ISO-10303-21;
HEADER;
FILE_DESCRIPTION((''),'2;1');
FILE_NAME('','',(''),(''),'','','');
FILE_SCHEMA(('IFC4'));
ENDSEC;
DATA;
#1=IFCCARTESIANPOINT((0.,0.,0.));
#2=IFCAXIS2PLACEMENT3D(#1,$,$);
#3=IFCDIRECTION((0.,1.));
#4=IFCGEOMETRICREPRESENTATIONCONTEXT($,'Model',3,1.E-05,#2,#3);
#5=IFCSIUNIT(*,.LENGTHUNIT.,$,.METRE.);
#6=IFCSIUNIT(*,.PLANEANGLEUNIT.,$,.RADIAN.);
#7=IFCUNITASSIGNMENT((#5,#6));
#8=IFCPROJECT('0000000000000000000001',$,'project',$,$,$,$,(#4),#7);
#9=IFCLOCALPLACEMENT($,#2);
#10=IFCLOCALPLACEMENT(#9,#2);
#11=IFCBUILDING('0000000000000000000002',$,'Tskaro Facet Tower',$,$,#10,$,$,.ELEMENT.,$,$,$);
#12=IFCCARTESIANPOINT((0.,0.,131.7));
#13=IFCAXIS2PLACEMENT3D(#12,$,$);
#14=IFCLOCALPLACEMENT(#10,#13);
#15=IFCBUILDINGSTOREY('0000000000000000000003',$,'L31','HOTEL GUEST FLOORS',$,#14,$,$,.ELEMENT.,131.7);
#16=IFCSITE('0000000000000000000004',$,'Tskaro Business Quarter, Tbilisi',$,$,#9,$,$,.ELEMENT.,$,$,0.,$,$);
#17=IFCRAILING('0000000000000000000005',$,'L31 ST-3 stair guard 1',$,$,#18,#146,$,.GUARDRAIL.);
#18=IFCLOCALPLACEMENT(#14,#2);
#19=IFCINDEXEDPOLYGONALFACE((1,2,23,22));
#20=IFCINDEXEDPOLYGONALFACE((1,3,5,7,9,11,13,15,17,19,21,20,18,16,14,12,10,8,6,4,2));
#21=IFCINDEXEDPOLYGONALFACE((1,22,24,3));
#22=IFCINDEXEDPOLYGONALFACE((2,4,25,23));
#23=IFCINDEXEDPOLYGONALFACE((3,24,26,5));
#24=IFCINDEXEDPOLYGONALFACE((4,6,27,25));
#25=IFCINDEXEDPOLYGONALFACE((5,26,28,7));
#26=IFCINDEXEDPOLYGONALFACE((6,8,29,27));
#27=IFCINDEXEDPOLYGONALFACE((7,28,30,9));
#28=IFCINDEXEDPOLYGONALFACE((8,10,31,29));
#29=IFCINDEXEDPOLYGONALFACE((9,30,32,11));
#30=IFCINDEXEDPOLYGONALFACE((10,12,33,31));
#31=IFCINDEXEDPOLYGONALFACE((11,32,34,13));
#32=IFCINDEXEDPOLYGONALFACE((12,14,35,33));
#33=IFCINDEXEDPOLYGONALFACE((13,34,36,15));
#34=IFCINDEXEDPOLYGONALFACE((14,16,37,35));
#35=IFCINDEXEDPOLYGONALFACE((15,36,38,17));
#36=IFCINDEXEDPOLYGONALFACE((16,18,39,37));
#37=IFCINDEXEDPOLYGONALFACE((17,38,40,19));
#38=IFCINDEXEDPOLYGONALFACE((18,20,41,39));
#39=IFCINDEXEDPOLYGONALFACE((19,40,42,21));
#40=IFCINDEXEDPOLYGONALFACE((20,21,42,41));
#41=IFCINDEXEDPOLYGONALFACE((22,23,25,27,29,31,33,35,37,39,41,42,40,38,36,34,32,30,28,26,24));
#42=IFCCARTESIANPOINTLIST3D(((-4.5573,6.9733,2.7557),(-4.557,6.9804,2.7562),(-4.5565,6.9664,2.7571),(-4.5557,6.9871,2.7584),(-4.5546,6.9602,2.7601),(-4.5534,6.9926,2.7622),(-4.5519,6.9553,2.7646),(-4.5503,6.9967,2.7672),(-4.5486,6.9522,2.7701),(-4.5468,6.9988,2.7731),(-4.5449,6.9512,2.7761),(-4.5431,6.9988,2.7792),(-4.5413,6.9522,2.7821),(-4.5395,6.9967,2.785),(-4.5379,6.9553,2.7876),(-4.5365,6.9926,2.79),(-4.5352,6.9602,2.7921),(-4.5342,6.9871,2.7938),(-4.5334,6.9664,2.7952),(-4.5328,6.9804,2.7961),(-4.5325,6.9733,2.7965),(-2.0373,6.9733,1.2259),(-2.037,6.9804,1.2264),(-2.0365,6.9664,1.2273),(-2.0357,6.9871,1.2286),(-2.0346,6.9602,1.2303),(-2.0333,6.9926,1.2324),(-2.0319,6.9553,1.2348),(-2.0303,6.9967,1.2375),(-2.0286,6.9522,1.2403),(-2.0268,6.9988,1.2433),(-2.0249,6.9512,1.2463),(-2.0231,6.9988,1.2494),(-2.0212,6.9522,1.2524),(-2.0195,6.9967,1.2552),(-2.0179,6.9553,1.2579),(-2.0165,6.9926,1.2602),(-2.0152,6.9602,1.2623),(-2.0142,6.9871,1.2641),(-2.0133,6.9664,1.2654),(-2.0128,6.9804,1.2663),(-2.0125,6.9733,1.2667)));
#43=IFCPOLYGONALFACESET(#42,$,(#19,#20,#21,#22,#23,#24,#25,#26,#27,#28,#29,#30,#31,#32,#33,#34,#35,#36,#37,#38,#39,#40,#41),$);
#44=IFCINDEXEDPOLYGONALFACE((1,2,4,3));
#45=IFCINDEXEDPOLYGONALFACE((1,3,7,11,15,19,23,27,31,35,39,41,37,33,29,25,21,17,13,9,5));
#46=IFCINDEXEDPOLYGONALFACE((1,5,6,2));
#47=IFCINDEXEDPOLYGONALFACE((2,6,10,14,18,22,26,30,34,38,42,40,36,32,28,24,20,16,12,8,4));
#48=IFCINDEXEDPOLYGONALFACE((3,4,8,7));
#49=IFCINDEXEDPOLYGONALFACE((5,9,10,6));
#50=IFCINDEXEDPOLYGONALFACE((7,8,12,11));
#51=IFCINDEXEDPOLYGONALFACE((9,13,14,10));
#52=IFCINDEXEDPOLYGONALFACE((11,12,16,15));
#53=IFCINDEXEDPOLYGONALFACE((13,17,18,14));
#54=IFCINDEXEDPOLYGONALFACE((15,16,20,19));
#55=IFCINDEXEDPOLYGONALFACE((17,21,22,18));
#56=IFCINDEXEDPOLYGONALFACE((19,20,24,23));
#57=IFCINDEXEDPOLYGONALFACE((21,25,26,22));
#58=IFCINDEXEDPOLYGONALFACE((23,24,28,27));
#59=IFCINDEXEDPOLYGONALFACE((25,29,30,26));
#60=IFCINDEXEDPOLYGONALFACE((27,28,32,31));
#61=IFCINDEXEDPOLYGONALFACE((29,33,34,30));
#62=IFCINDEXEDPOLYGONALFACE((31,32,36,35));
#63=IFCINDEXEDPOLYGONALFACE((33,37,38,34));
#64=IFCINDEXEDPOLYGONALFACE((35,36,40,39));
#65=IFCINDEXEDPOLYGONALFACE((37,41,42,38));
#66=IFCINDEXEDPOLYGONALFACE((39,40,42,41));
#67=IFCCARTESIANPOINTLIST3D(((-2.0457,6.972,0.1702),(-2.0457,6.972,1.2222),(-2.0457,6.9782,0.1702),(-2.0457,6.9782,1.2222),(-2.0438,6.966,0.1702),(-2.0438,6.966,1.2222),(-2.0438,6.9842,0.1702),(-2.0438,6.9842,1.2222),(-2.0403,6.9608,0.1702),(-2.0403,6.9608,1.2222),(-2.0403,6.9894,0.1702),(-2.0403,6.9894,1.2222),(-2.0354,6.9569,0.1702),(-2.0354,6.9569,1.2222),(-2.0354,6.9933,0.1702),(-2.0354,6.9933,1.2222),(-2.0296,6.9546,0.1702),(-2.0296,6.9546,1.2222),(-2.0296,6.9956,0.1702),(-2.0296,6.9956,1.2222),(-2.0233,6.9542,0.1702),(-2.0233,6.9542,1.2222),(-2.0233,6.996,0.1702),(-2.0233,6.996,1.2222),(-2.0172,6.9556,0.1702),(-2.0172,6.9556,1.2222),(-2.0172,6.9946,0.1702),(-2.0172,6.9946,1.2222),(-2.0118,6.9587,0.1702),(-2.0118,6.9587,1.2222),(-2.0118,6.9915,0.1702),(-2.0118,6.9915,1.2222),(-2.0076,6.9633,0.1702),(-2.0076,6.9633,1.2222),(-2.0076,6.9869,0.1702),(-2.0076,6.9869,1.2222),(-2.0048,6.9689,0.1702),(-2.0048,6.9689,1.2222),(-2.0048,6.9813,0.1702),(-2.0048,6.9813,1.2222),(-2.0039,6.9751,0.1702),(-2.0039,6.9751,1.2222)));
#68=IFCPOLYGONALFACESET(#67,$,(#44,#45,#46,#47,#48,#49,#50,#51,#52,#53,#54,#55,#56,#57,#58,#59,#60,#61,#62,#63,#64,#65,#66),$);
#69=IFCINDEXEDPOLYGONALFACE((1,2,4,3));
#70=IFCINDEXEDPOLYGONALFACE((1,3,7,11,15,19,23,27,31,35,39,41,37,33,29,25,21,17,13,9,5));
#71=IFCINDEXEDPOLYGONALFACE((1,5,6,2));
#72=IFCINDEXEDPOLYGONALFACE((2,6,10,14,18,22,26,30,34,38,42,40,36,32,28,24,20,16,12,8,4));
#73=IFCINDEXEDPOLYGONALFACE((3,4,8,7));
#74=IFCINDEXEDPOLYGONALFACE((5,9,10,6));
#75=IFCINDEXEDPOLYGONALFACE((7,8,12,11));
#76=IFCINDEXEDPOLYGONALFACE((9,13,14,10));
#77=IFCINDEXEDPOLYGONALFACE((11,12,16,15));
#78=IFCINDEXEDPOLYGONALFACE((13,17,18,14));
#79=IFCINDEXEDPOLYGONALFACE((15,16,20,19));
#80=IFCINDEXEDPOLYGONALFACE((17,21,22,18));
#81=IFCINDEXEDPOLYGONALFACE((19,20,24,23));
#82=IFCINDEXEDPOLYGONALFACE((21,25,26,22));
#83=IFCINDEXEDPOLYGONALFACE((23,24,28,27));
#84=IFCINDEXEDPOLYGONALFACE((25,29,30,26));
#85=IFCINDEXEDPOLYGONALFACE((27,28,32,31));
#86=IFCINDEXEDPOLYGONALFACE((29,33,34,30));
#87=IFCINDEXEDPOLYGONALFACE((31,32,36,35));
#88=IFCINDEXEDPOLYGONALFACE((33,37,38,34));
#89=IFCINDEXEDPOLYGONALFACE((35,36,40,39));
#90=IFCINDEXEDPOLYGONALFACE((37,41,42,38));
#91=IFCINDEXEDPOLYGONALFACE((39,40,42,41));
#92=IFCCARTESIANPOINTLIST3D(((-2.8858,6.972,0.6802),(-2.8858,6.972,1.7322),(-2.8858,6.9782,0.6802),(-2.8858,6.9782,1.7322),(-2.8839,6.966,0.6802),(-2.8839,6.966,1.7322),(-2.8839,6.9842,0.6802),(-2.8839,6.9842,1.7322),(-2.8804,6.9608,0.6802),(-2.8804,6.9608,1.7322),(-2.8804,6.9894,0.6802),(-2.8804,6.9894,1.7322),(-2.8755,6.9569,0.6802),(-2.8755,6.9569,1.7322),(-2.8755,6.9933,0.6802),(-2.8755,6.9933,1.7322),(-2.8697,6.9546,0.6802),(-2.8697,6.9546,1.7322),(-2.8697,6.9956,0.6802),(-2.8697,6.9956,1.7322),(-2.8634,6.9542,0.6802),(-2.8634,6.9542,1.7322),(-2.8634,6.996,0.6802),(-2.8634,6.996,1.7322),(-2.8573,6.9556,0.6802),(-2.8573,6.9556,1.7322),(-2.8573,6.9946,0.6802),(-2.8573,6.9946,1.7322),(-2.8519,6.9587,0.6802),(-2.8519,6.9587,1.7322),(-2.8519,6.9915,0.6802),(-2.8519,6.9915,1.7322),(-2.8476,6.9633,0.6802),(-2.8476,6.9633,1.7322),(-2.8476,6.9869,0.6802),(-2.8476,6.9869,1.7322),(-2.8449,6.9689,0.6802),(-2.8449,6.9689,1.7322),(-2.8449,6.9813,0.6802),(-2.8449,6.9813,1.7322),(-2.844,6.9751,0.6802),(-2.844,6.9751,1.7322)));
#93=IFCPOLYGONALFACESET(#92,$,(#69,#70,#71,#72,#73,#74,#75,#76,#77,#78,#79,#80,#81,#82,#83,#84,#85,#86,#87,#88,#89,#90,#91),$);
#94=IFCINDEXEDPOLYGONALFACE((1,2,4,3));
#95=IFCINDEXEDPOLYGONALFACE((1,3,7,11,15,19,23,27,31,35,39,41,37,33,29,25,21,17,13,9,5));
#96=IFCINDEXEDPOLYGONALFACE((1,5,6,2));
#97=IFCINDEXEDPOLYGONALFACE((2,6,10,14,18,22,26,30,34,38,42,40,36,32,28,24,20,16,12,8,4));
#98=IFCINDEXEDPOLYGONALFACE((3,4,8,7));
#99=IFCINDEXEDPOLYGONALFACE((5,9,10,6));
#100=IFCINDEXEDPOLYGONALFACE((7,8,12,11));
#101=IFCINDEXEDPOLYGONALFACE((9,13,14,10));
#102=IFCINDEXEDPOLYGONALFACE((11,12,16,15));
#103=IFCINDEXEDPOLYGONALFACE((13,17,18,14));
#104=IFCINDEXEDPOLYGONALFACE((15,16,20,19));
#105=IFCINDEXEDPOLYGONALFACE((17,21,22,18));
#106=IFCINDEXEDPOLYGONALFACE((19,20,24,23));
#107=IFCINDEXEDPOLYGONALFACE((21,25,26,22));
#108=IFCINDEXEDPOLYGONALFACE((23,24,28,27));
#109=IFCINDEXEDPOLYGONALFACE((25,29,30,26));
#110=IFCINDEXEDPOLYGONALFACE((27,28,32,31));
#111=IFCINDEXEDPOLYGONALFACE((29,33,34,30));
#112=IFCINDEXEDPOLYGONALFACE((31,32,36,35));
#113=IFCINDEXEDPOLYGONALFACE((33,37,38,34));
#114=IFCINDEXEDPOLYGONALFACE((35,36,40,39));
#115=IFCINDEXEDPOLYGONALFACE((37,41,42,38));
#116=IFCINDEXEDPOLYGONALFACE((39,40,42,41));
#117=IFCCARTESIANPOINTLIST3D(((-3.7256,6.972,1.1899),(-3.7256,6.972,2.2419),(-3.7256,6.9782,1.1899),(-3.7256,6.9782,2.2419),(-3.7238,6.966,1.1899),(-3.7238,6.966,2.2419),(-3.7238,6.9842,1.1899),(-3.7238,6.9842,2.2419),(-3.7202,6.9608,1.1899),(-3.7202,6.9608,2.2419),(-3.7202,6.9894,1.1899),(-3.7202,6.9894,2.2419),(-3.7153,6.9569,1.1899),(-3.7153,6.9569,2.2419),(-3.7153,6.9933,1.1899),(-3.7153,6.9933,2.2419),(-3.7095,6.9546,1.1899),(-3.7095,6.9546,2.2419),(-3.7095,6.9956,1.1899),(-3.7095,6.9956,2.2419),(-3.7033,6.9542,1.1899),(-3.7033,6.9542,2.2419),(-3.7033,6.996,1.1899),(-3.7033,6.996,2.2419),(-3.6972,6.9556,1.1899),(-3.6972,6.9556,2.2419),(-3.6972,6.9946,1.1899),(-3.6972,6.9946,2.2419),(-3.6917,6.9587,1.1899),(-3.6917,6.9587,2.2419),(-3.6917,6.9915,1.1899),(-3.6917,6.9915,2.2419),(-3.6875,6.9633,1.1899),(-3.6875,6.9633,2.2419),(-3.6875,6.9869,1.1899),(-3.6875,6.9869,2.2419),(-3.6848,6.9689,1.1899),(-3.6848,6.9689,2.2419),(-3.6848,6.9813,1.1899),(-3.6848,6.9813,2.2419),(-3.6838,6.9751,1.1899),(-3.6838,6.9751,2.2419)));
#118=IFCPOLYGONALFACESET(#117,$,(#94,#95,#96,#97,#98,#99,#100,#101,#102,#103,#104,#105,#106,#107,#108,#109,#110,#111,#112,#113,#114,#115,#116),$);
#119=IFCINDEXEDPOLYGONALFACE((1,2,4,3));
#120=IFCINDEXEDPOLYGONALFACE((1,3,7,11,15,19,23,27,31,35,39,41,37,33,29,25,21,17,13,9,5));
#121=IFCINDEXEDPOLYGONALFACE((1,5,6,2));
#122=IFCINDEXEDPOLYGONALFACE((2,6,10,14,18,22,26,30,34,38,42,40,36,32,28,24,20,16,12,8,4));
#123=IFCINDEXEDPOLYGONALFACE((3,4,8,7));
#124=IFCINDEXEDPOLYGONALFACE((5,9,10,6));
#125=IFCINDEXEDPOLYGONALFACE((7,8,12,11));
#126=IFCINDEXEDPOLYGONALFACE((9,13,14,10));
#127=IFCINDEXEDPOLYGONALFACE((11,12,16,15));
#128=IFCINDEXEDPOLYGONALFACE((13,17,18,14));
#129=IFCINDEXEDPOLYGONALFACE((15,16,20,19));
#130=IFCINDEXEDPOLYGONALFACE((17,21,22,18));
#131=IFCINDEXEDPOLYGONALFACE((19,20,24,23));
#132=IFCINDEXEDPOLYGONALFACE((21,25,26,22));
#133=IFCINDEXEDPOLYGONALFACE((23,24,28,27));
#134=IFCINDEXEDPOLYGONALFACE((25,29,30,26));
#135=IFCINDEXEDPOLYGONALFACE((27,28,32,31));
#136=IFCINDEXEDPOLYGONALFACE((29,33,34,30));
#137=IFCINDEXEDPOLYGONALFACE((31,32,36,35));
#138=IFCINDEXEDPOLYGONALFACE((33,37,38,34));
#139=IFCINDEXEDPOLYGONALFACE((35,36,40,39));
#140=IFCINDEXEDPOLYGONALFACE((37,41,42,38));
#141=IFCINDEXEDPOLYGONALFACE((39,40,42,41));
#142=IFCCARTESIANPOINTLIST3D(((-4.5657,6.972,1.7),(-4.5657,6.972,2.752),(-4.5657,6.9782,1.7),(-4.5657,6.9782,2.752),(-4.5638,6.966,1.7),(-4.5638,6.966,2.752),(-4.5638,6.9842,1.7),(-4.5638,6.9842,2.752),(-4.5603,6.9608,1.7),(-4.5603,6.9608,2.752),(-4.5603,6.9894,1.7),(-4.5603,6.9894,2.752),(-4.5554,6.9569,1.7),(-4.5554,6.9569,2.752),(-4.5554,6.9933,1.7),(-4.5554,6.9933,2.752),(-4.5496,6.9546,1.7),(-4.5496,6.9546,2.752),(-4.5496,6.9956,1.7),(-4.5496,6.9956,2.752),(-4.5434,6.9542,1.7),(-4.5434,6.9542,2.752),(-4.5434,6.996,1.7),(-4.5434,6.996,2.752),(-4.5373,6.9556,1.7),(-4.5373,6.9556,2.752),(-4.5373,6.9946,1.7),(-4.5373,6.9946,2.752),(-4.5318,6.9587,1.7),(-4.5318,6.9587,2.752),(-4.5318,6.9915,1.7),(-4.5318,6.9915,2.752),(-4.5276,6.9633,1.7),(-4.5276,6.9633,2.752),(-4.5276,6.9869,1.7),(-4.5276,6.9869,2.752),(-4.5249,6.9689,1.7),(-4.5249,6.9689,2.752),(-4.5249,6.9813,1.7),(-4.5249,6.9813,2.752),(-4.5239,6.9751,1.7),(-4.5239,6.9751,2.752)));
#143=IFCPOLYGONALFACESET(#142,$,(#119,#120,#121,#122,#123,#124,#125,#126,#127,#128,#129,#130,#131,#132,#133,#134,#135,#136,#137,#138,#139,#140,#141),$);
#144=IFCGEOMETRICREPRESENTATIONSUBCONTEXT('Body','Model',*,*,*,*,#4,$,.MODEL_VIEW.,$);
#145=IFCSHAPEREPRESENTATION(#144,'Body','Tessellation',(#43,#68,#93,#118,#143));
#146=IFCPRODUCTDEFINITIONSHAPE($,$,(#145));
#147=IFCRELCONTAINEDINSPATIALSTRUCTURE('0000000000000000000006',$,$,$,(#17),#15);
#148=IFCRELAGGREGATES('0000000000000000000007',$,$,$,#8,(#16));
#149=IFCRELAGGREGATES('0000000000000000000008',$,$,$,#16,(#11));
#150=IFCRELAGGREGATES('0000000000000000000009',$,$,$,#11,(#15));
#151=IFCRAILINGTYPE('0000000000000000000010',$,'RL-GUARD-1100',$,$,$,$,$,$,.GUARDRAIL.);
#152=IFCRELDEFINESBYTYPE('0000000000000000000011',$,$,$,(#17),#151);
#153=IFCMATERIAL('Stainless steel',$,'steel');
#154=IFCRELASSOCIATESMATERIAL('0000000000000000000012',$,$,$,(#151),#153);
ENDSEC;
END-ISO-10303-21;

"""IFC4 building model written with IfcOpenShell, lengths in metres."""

from ifc_helpers import new_model, si_unit, direction, frame, origin, origin_2d, place, context, subcontext, project, spatial, circle, extrude, material, type_object, element, save


model = new_model("IFC4")

# Units and contexts
model_context = context("Model", 3, precision=1e-05, world=origin(), true_north=direction((0.0, 1.0)))
body_context = subcontext(model_context, "Body", "Model", "MODEL_VIEW")
ifc_project = project(units=[si_unit("LENGTHUNIT", "METRE"), si_unit("PLANEANGLEUNIT", "RADIAN")], contexts=[model_context])

# Site, building, storey
site_placement = place(None, origin())
site = spatial("IfcSite", under=ifc_project, at=site_placement, Name="Tskaro Business Quarter, Tbilisi", CompositionType="ELEMENT", RefElevation=0.0)
building_placement = place(site_placement, origin())
building = spatial("IfcBuilding", under=site, at=building_placement, Name="Tskaro Facet Tower", CompositionType="ELEMENT")
storey_placement = place(building_placement, frame((0.0, 0.0, 131.7)))
storey = spatial("IfcBuildingStorey", under=building, at=storey_placement, Name="L31", Description="HOTEL GUEST FLOORS", CompositionType="ELEMENT", Elevation=131.7)

# Railing
ifc_material_1 = material(Name="Stainless steel", Category="steel")
railing_type_1 = type_object("IfcRailingType", Name="RL-GUARD-1100", PredefinedType="GUARDRAIL", material=ifc_material_1)
railing_1_placement = place(storey_placement, frame((-2.0249, 6.9751, 0.1702)))
element("IfcRailing", 1, at=railing_1_placement, inside=storey, type_object=railing_type_1, Name="L31 ST-3 stair guard 1", PredefinedType="GUARDRAIL", context=body_context, shape_type="SweptSolid", body=[
    extrude(circle(Radius=0.0239, at=origin_2d()), frame((0.0, 0.0, 1.0762), z_axis=(-0.854822, 0.0, 0.518922), x_axis=(0.0, -1.0, 0.0)), (0.0, 0.0, 1.0), 2.948),
    extrude(circle(Radius=0.021, at=origin_2d()), origin(), (0.0, 0.0, 1.0), 1.052),
    extrude(circle(Radius=0.021, at=origin_2d()), frame((-0.8401, 0.0, 0.51)), (0.0, 0.0, 1.0), 1.052),
    extrude(circle(Radius=0.021, at=origin_2d()), frame((-1.6799, 0.0, 1.0198)), (0.0, 0.0, 1.0), 1.052),
    extrude(circle(Radius=0.021, at=origin_2d()), frame((-2.52, 0.0, 1.5298)), (0.0, 0.0, 1.0), 1.052),
])

save(model, "model.ifc")
